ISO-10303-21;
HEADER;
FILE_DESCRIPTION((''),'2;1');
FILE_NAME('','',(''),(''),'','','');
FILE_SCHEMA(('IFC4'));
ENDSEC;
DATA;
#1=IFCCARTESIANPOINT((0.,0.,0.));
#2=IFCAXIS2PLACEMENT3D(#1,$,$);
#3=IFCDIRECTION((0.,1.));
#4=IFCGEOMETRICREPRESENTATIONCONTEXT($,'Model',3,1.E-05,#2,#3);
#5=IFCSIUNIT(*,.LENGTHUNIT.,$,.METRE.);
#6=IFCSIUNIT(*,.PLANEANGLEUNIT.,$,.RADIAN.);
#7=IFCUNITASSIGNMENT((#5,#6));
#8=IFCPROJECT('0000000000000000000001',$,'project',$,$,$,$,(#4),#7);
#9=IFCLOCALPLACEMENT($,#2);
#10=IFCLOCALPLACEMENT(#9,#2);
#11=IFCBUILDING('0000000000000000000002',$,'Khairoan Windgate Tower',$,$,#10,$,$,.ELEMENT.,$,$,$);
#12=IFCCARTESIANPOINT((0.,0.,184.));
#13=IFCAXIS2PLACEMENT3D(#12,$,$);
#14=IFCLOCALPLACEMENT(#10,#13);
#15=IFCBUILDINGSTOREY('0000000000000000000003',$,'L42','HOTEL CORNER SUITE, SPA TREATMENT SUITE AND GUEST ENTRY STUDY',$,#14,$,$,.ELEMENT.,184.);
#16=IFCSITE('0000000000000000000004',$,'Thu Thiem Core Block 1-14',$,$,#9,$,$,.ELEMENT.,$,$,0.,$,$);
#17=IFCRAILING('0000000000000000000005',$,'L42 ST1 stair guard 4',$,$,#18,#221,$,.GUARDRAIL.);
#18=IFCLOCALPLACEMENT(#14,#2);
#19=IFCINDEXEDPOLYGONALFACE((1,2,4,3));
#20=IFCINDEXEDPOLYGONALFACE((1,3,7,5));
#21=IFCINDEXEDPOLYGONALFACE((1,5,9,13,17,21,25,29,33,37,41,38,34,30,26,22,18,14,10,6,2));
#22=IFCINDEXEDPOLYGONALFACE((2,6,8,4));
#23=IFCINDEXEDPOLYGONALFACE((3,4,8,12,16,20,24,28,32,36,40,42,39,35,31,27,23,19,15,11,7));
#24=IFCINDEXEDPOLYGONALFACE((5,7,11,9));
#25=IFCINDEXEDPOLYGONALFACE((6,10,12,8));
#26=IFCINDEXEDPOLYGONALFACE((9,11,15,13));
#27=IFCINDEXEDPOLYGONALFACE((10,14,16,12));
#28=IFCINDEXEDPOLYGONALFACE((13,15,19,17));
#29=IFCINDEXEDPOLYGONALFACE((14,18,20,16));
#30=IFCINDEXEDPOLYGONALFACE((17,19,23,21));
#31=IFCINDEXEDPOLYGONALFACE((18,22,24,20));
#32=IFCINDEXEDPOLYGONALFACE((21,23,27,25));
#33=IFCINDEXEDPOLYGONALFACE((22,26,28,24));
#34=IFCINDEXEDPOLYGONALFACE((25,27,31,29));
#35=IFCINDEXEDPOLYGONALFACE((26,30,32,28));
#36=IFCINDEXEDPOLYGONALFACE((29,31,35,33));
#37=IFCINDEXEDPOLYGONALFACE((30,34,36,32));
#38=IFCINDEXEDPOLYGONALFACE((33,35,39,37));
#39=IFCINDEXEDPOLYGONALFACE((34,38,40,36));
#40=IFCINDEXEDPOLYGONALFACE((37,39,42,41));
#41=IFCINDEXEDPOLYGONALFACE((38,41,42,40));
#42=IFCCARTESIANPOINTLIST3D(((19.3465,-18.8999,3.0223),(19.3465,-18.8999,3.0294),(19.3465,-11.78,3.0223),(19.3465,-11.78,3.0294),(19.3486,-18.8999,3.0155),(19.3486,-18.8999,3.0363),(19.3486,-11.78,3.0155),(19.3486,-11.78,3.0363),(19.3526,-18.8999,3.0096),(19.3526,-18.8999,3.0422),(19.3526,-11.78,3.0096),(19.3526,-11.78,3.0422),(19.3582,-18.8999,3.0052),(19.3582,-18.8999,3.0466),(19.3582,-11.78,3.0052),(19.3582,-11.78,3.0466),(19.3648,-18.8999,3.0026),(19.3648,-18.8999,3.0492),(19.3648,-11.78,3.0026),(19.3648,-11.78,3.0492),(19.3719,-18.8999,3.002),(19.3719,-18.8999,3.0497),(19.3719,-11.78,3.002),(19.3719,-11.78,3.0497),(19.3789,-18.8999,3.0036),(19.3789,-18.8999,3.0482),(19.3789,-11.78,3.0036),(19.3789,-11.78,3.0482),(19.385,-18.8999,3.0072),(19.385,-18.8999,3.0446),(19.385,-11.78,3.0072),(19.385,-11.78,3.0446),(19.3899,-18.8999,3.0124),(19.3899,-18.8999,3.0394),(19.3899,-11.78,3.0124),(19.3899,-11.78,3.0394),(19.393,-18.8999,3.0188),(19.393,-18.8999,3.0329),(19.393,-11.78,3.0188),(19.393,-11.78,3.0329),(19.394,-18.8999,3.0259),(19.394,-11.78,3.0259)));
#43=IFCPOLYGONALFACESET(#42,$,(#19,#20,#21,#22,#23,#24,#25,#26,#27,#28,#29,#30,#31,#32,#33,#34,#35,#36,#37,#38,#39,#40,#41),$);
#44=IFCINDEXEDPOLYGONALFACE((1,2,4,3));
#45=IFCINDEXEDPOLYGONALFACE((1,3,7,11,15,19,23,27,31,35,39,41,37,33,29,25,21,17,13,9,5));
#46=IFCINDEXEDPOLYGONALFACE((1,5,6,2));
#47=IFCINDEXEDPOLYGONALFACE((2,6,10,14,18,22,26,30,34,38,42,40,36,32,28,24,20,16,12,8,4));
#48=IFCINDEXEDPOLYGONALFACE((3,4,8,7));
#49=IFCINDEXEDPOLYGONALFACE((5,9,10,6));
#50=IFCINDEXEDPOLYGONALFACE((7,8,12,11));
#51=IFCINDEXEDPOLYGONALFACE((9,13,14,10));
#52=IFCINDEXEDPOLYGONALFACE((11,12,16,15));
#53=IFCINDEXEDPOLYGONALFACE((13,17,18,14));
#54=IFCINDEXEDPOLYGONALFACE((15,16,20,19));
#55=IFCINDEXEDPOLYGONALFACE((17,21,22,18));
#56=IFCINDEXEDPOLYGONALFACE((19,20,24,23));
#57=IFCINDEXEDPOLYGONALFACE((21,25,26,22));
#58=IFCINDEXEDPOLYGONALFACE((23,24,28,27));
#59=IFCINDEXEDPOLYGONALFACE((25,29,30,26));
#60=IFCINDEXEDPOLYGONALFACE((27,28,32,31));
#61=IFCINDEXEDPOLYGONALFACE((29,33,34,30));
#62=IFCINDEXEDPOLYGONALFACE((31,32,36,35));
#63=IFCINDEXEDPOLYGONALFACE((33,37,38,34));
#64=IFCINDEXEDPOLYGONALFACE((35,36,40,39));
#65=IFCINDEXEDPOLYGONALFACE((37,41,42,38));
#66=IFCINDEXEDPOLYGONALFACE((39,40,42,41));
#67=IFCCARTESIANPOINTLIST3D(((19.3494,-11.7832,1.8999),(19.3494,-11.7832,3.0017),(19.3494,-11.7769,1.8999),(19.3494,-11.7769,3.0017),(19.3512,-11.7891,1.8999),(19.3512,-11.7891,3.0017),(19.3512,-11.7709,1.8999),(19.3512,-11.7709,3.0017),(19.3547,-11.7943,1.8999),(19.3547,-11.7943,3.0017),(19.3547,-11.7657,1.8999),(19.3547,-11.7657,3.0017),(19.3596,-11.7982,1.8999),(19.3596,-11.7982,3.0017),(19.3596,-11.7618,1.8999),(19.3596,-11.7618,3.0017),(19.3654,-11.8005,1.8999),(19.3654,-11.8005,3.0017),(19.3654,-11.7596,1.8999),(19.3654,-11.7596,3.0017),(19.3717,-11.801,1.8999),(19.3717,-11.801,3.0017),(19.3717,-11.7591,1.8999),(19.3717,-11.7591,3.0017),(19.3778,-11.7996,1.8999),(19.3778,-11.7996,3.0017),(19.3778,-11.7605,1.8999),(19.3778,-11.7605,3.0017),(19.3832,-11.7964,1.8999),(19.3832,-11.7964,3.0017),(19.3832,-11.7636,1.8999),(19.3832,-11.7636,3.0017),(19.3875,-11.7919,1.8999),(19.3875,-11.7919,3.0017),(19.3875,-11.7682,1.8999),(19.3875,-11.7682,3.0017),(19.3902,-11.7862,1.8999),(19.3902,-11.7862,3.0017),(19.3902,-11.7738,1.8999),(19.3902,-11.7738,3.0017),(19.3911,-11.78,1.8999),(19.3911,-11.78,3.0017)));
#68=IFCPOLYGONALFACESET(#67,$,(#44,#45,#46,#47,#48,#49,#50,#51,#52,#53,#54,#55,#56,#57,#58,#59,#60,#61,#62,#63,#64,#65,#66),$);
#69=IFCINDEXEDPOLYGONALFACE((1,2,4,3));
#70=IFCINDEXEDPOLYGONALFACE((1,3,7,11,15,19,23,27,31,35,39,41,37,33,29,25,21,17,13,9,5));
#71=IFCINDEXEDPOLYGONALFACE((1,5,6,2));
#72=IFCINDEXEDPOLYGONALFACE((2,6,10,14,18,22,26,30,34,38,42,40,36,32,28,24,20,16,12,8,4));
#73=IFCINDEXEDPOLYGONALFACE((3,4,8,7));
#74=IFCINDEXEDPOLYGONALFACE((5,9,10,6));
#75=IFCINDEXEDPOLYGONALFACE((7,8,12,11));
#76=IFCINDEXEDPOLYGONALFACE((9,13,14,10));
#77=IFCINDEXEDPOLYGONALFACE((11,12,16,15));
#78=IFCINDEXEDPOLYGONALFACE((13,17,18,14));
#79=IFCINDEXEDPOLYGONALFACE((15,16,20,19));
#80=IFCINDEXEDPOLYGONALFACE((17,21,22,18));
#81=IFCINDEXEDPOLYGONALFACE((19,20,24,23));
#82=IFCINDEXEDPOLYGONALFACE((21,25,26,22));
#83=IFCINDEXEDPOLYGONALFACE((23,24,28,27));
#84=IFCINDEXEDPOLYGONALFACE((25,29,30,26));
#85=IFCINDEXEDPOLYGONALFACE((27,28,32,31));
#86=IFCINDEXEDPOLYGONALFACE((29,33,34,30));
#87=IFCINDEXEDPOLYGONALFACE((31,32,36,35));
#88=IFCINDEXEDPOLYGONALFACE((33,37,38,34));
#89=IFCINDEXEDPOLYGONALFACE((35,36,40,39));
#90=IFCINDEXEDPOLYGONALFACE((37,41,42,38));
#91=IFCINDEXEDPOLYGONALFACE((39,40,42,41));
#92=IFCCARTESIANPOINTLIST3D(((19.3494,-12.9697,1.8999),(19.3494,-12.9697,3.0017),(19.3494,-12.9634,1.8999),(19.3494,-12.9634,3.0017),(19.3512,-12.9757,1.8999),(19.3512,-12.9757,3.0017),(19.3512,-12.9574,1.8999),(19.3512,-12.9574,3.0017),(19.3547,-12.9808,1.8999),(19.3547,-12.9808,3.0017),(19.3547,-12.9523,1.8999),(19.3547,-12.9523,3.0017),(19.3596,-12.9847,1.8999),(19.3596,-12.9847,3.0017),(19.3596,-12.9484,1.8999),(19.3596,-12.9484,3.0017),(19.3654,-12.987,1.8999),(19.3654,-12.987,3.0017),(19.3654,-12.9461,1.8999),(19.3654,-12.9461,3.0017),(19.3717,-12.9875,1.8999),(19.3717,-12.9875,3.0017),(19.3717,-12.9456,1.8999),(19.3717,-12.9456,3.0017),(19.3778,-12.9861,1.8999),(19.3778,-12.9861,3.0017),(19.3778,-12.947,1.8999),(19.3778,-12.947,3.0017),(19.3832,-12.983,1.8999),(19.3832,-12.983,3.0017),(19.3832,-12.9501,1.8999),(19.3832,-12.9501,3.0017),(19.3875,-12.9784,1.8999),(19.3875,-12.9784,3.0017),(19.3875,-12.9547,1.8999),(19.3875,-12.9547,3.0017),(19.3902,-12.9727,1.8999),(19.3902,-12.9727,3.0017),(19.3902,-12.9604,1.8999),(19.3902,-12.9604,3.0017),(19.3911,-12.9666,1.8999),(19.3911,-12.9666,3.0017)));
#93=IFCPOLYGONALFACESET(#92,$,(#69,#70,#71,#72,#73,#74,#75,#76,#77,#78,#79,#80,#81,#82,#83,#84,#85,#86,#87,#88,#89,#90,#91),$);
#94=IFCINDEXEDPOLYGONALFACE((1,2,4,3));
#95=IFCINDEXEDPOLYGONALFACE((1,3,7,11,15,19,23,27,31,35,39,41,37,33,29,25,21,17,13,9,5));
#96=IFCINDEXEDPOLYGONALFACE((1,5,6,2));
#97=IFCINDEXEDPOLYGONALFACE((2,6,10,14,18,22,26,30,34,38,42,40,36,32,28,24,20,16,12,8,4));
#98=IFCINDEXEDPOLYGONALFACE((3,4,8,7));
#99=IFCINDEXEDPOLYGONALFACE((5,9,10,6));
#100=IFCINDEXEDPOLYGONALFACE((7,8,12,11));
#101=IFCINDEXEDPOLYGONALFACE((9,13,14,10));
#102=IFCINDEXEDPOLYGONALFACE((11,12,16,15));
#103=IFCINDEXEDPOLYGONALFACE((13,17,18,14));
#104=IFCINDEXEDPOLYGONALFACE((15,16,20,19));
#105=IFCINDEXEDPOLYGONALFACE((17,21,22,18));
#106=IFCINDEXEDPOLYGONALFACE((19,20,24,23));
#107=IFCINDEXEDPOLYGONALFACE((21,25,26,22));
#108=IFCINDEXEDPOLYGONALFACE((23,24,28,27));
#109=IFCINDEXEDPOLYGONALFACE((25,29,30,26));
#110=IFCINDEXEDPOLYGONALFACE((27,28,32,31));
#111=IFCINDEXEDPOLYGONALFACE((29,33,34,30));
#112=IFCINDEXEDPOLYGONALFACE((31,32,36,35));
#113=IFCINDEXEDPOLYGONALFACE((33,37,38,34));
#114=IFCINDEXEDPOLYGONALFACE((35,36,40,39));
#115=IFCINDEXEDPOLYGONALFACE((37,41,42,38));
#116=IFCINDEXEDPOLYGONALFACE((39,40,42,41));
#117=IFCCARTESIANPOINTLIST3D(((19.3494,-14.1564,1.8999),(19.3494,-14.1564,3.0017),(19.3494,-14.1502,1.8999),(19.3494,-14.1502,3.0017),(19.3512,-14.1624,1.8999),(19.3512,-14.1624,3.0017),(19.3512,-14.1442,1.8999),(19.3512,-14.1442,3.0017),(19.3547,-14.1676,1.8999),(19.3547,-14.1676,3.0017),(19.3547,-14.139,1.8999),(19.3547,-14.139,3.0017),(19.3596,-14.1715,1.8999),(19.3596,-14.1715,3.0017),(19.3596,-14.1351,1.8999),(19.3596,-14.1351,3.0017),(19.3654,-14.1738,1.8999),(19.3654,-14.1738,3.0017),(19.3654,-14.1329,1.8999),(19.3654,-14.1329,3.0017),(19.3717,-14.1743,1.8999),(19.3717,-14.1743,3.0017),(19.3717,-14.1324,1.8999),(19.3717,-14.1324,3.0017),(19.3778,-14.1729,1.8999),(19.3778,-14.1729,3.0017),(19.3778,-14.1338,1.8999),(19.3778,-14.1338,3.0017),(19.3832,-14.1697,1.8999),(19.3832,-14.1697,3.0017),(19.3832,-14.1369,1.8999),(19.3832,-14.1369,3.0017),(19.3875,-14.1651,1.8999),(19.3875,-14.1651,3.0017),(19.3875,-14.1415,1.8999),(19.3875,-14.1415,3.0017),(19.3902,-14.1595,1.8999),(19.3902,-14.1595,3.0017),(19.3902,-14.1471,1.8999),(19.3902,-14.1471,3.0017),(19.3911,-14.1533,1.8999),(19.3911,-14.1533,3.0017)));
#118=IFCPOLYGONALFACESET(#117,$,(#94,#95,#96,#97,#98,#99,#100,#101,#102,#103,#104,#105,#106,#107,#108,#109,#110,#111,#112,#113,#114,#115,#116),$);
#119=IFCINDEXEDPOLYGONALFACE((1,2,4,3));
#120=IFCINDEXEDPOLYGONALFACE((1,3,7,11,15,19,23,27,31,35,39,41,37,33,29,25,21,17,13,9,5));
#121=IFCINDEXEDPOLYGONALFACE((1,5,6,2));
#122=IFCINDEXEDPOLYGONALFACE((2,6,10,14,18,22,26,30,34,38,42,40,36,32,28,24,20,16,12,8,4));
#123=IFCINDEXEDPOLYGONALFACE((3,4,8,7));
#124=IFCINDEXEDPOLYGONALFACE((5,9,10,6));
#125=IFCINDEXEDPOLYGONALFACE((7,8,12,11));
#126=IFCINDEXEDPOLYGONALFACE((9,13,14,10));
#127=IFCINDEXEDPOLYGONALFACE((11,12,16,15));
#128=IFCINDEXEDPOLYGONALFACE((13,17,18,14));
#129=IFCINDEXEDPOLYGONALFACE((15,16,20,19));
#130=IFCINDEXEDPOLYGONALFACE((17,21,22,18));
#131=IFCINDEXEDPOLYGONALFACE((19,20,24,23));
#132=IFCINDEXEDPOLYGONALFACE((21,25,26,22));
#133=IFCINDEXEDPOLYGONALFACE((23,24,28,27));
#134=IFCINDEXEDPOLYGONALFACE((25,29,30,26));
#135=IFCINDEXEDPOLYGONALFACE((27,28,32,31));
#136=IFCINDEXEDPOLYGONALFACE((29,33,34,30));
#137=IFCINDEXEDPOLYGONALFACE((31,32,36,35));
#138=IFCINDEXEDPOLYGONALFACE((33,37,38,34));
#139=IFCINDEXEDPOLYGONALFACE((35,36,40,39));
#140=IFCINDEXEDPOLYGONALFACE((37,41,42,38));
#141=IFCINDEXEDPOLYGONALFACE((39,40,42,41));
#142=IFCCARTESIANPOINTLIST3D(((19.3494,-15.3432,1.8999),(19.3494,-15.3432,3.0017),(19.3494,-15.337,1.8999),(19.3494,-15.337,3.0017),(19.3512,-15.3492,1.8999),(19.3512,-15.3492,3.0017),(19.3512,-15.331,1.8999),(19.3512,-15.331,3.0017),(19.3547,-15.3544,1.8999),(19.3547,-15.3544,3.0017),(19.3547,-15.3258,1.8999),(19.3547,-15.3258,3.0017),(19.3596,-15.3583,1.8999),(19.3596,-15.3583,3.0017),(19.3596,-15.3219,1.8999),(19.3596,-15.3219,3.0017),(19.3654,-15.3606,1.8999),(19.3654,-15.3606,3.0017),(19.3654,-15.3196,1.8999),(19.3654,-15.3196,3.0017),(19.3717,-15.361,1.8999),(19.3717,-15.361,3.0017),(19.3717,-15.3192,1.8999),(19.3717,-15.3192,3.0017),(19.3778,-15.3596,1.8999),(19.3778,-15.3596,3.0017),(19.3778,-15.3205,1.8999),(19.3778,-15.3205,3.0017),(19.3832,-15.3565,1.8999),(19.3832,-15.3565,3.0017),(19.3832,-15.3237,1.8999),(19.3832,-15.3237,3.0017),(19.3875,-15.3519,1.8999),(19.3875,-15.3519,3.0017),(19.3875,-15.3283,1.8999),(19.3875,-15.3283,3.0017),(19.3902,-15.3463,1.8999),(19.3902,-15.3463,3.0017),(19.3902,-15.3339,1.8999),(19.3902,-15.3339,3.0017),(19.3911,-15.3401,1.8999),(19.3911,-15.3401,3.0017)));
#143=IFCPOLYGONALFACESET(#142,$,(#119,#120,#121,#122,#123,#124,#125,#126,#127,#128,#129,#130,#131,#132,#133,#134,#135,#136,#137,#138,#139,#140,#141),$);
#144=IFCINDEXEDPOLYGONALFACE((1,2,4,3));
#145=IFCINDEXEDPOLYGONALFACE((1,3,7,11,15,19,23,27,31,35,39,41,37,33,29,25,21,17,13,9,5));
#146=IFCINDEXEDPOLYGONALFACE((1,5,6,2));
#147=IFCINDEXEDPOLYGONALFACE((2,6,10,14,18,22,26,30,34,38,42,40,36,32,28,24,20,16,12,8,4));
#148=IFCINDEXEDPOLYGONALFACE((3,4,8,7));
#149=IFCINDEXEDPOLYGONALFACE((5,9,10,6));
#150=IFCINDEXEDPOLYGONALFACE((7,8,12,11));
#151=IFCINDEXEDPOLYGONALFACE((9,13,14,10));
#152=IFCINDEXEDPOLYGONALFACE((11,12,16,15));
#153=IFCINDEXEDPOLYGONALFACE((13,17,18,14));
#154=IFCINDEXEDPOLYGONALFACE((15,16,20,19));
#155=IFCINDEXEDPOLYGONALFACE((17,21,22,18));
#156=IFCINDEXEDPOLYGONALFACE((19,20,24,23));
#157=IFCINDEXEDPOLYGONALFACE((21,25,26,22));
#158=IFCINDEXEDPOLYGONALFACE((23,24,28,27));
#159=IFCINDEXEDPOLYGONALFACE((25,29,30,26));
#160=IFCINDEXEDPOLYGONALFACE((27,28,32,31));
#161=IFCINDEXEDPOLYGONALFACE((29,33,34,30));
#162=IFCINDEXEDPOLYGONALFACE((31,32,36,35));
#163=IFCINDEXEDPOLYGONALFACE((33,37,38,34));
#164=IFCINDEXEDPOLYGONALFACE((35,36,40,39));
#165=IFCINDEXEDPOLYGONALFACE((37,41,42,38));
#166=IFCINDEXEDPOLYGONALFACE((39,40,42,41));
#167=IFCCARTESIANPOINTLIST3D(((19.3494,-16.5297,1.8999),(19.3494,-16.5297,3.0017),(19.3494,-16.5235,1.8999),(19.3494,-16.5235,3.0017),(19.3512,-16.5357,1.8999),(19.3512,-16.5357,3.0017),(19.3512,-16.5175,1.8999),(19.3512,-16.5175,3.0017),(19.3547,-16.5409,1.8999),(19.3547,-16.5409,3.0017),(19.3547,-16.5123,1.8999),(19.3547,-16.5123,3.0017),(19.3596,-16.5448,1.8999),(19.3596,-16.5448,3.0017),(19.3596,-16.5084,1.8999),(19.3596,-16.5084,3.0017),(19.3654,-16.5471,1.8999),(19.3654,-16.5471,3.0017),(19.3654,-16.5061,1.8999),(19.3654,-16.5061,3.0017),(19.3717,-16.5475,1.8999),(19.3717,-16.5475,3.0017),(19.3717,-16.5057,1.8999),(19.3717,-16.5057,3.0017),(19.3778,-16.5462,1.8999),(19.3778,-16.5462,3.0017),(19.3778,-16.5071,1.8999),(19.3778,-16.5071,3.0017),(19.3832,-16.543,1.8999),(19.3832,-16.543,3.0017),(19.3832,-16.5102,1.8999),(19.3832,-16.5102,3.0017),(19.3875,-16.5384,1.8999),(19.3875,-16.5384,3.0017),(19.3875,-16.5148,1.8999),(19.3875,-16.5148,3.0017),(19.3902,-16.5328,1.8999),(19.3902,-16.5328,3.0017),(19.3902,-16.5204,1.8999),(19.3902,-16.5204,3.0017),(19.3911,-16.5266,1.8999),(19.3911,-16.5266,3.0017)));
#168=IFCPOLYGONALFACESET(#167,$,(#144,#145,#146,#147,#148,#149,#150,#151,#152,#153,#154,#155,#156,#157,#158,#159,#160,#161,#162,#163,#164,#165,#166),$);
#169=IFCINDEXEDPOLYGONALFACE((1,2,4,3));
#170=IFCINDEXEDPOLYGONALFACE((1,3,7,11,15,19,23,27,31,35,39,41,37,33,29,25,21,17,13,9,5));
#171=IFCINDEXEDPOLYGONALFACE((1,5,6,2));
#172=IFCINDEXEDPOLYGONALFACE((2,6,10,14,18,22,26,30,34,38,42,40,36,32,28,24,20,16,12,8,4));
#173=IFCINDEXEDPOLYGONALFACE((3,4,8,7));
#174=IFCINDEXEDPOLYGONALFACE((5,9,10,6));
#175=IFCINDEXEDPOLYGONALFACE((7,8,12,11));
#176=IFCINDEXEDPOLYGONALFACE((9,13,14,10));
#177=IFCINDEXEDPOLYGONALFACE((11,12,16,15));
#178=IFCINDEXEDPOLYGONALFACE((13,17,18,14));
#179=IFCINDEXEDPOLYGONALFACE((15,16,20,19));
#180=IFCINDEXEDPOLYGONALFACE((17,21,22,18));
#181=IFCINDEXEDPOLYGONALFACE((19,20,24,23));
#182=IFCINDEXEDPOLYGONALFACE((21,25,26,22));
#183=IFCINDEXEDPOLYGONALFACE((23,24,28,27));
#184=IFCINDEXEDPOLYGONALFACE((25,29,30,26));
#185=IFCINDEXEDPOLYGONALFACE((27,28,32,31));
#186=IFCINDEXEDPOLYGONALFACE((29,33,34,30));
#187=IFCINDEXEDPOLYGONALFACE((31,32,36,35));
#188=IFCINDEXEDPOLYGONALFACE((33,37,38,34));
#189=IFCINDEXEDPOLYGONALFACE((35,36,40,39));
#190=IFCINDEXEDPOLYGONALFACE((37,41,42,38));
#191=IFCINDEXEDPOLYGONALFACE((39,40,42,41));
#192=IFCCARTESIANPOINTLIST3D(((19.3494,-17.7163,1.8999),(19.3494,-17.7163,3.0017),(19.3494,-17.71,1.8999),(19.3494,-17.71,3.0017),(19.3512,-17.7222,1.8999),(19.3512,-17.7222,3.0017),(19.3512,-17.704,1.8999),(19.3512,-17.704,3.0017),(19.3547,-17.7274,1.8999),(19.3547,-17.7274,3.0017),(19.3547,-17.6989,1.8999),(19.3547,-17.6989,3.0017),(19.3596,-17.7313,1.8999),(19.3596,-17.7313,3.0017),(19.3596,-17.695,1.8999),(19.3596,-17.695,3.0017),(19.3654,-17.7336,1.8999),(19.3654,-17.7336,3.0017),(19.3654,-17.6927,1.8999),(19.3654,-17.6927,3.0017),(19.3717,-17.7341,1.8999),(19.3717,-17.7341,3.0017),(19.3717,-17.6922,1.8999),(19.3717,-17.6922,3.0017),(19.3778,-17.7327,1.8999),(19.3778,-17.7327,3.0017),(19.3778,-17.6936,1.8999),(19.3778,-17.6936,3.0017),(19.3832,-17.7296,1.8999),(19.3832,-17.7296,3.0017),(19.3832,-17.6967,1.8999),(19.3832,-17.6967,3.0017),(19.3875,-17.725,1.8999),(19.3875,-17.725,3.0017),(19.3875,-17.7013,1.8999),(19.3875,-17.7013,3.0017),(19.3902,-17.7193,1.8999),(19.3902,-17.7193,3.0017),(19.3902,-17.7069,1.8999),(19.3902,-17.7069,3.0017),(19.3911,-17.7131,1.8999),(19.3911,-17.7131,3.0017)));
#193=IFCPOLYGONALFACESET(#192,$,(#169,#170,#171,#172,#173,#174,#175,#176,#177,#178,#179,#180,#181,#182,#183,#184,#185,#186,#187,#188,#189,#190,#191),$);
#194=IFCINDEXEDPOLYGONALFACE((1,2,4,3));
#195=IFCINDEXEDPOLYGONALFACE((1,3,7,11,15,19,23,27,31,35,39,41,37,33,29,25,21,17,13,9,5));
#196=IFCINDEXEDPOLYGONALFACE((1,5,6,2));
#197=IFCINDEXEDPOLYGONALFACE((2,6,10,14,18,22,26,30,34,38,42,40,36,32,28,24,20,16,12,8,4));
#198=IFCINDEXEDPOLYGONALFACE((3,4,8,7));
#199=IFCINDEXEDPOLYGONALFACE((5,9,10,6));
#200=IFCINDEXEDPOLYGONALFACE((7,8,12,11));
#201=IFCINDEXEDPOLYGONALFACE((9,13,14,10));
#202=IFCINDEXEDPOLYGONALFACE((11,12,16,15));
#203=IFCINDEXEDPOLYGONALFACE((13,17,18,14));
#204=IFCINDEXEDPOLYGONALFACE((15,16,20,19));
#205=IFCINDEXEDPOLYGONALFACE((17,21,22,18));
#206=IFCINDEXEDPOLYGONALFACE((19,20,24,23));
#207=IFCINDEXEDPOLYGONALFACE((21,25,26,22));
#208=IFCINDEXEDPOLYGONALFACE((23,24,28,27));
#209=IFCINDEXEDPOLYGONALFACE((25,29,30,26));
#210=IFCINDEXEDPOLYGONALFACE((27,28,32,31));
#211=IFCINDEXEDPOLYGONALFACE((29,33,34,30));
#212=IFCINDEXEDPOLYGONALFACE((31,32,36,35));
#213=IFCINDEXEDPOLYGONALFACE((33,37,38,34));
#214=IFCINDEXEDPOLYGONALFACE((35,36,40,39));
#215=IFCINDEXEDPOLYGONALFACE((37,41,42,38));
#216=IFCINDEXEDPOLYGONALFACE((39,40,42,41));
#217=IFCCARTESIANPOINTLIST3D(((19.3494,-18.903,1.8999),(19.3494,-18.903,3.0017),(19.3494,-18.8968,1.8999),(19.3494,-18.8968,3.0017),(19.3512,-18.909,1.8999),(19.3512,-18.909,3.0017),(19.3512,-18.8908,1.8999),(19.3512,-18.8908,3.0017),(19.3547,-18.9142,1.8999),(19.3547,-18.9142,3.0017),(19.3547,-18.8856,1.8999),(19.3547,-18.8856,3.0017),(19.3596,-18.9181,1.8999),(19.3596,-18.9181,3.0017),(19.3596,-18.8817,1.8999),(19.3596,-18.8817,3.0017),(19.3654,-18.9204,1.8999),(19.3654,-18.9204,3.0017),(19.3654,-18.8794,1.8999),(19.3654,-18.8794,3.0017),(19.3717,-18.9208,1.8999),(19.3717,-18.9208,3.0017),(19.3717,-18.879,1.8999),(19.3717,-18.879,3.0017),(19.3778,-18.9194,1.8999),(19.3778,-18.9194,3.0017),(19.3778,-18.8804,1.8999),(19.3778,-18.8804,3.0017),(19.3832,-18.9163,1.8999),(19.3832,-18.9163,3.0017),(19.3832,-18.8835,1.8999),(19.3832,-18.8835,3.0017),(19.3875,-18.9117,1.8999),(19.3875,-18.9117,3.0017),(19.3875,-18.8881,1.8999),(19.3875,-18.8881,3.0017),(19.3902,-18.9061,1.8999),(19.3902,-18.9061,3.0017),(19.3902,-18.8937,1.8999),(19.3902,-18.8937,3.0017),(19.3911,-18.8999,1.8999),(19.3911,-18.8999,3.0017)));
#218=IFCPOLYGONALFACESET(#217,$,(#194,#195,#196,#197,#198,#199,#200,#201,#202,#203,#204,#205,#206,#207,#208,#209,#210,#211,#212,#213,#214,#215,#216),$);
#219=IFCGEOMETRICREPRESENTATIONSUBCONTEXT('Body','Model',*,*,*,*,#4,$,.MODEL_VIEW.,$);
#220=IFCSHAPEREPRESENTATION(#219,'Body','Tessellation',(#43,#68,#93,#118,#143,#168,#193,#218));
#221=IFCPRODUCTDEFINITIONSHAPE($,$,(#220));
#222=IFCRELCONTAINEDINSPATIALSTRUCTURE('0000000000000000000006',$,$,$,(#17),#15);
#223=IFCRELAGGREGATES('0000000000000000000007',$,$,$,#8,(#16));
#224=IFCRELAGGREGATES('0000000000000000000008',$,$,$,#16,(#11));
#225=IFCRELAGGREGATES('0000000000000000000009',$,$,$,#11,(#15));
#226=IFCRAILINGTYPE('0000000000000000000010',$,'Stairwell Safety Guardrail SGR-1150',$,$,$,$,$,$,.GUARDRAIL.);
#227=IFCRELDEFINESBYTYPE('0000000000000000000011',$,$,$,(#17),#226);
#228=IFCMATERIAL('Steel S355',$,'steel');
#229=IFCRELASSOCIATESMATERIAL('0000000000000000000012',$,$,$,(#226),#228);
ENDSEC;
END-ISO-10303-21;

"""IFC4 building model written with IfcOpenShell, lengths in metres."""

from ifc_helpers import new_model, si_unit, direction, frame, origin, origin_2d, place, context, subcontext, project, spatial, circle, extrude, material, type_object, element, save


model = new_model("IFC4")

# Units and contexts
model_context = context("Model", 3, precision=1e-05, world=origin(), true_north=direction((0.0, 1.0)))
body_context = subcontext(model_context, "Body", "Model", "MODEL_VIEW")
ifc_project = project(units=[si_unit("LENGTHUNIT", "METRE"), si_unit("PLANEANGLEUNIT", "RADIAN")], contexts=[model_context])

# Site, building, storey
site_placement = place(None, origin())
site = spatial("IfcSite", under=ifc_project, at=site_placement, Name="Thu Thiem Core Block 1-14", CompositionType="ELEMENT", RefElevation=0.0)
building_placement = place(site_placement, origin())
building = spatial("IfcBuilding", under=site, at=building_placement, Name="Khairoan Windgate Tower", CompositionType="ELEMENT")
storey_placement = place(building_placement, frame((0.0, 0.0, 184.0)))
storey = spatial("IfcBuildingStorey", under=building, at=storey_placement, Name="L42", Description="HOTEL CORNER SUITE, SPA TREATMENT SUITE AND GUEST ENTRY STUDY", CompositionType="ELEMENT", Elevation=184.0)

# Railing
ifc_material_1 = material(Name="Steel S355", Category="steel")
railing_type_1 = type_object("IfcRailingType", Name="Stairwell Safety Guardrail SGR-1150", PredefinedType="GUARDRAIL", material=ifc_material_1)
railing_1_placement = place(storey_placement, frame((19.3701, -11.78, 1.8999)))
element("IfcRailing", 1, at=railing_1_placement, inside=storey, type_object=railing_type_1, Name="L42 ST1 stair guard 4", PredefinedType="GUARDRAIL", context=body_context, shape_type="SweptSolid", body=[
    extrude(circle(Radius=0.0239, at=origin_2d()), frame((0.0, 0.0, 1.126), z_axis=(0.0, -1.0, 0.0), x_axis=(1.0, 0.0, 0.0)), (0.0, 0.0, 1.0), 7.1199),
    extrude(circle(Radius=0.021, at=origin_2d()), origin(), (0.0, 0.0, 1.0), 1.1018),
    extrude(circle(Radius=0.021, at=origin_2d()), frame((0.0, -1.1865, 0.0)), (0.0, 0.0, 1.0), 1.1018),
    extrude(circle(Radius=0.021, at=origin_2d()), frame((0.0, -2.3733, 0.0)), (0.0, 0.0, 1.0), 1.1018),
    extrude(circle(Radius=0.021, at=origin_2d()), frame((0.0, -3.5601, 0.0)), (0.0, 0.0, 1.0), 1.1018),
    extrude(circle(Radius=0.021, at=origin_2d()), frame((0.0, -4.7466, 0.0)), (0.0, 0.0, 1.0), 1.1018),
    extrude(circle(Radius=0.021, at=origin_2d()), frame((0.0, -5.9331, 0.0)), (0.0, 0.0, 1.0), 1.1018),
    extrude(circle(Radius=0.021, at=origin_2d()), frame((0.0, -7.1199, 0.0)), (0.0, 0.0, 1.0), 1.1018),
])

save(model, "model.ifc")
